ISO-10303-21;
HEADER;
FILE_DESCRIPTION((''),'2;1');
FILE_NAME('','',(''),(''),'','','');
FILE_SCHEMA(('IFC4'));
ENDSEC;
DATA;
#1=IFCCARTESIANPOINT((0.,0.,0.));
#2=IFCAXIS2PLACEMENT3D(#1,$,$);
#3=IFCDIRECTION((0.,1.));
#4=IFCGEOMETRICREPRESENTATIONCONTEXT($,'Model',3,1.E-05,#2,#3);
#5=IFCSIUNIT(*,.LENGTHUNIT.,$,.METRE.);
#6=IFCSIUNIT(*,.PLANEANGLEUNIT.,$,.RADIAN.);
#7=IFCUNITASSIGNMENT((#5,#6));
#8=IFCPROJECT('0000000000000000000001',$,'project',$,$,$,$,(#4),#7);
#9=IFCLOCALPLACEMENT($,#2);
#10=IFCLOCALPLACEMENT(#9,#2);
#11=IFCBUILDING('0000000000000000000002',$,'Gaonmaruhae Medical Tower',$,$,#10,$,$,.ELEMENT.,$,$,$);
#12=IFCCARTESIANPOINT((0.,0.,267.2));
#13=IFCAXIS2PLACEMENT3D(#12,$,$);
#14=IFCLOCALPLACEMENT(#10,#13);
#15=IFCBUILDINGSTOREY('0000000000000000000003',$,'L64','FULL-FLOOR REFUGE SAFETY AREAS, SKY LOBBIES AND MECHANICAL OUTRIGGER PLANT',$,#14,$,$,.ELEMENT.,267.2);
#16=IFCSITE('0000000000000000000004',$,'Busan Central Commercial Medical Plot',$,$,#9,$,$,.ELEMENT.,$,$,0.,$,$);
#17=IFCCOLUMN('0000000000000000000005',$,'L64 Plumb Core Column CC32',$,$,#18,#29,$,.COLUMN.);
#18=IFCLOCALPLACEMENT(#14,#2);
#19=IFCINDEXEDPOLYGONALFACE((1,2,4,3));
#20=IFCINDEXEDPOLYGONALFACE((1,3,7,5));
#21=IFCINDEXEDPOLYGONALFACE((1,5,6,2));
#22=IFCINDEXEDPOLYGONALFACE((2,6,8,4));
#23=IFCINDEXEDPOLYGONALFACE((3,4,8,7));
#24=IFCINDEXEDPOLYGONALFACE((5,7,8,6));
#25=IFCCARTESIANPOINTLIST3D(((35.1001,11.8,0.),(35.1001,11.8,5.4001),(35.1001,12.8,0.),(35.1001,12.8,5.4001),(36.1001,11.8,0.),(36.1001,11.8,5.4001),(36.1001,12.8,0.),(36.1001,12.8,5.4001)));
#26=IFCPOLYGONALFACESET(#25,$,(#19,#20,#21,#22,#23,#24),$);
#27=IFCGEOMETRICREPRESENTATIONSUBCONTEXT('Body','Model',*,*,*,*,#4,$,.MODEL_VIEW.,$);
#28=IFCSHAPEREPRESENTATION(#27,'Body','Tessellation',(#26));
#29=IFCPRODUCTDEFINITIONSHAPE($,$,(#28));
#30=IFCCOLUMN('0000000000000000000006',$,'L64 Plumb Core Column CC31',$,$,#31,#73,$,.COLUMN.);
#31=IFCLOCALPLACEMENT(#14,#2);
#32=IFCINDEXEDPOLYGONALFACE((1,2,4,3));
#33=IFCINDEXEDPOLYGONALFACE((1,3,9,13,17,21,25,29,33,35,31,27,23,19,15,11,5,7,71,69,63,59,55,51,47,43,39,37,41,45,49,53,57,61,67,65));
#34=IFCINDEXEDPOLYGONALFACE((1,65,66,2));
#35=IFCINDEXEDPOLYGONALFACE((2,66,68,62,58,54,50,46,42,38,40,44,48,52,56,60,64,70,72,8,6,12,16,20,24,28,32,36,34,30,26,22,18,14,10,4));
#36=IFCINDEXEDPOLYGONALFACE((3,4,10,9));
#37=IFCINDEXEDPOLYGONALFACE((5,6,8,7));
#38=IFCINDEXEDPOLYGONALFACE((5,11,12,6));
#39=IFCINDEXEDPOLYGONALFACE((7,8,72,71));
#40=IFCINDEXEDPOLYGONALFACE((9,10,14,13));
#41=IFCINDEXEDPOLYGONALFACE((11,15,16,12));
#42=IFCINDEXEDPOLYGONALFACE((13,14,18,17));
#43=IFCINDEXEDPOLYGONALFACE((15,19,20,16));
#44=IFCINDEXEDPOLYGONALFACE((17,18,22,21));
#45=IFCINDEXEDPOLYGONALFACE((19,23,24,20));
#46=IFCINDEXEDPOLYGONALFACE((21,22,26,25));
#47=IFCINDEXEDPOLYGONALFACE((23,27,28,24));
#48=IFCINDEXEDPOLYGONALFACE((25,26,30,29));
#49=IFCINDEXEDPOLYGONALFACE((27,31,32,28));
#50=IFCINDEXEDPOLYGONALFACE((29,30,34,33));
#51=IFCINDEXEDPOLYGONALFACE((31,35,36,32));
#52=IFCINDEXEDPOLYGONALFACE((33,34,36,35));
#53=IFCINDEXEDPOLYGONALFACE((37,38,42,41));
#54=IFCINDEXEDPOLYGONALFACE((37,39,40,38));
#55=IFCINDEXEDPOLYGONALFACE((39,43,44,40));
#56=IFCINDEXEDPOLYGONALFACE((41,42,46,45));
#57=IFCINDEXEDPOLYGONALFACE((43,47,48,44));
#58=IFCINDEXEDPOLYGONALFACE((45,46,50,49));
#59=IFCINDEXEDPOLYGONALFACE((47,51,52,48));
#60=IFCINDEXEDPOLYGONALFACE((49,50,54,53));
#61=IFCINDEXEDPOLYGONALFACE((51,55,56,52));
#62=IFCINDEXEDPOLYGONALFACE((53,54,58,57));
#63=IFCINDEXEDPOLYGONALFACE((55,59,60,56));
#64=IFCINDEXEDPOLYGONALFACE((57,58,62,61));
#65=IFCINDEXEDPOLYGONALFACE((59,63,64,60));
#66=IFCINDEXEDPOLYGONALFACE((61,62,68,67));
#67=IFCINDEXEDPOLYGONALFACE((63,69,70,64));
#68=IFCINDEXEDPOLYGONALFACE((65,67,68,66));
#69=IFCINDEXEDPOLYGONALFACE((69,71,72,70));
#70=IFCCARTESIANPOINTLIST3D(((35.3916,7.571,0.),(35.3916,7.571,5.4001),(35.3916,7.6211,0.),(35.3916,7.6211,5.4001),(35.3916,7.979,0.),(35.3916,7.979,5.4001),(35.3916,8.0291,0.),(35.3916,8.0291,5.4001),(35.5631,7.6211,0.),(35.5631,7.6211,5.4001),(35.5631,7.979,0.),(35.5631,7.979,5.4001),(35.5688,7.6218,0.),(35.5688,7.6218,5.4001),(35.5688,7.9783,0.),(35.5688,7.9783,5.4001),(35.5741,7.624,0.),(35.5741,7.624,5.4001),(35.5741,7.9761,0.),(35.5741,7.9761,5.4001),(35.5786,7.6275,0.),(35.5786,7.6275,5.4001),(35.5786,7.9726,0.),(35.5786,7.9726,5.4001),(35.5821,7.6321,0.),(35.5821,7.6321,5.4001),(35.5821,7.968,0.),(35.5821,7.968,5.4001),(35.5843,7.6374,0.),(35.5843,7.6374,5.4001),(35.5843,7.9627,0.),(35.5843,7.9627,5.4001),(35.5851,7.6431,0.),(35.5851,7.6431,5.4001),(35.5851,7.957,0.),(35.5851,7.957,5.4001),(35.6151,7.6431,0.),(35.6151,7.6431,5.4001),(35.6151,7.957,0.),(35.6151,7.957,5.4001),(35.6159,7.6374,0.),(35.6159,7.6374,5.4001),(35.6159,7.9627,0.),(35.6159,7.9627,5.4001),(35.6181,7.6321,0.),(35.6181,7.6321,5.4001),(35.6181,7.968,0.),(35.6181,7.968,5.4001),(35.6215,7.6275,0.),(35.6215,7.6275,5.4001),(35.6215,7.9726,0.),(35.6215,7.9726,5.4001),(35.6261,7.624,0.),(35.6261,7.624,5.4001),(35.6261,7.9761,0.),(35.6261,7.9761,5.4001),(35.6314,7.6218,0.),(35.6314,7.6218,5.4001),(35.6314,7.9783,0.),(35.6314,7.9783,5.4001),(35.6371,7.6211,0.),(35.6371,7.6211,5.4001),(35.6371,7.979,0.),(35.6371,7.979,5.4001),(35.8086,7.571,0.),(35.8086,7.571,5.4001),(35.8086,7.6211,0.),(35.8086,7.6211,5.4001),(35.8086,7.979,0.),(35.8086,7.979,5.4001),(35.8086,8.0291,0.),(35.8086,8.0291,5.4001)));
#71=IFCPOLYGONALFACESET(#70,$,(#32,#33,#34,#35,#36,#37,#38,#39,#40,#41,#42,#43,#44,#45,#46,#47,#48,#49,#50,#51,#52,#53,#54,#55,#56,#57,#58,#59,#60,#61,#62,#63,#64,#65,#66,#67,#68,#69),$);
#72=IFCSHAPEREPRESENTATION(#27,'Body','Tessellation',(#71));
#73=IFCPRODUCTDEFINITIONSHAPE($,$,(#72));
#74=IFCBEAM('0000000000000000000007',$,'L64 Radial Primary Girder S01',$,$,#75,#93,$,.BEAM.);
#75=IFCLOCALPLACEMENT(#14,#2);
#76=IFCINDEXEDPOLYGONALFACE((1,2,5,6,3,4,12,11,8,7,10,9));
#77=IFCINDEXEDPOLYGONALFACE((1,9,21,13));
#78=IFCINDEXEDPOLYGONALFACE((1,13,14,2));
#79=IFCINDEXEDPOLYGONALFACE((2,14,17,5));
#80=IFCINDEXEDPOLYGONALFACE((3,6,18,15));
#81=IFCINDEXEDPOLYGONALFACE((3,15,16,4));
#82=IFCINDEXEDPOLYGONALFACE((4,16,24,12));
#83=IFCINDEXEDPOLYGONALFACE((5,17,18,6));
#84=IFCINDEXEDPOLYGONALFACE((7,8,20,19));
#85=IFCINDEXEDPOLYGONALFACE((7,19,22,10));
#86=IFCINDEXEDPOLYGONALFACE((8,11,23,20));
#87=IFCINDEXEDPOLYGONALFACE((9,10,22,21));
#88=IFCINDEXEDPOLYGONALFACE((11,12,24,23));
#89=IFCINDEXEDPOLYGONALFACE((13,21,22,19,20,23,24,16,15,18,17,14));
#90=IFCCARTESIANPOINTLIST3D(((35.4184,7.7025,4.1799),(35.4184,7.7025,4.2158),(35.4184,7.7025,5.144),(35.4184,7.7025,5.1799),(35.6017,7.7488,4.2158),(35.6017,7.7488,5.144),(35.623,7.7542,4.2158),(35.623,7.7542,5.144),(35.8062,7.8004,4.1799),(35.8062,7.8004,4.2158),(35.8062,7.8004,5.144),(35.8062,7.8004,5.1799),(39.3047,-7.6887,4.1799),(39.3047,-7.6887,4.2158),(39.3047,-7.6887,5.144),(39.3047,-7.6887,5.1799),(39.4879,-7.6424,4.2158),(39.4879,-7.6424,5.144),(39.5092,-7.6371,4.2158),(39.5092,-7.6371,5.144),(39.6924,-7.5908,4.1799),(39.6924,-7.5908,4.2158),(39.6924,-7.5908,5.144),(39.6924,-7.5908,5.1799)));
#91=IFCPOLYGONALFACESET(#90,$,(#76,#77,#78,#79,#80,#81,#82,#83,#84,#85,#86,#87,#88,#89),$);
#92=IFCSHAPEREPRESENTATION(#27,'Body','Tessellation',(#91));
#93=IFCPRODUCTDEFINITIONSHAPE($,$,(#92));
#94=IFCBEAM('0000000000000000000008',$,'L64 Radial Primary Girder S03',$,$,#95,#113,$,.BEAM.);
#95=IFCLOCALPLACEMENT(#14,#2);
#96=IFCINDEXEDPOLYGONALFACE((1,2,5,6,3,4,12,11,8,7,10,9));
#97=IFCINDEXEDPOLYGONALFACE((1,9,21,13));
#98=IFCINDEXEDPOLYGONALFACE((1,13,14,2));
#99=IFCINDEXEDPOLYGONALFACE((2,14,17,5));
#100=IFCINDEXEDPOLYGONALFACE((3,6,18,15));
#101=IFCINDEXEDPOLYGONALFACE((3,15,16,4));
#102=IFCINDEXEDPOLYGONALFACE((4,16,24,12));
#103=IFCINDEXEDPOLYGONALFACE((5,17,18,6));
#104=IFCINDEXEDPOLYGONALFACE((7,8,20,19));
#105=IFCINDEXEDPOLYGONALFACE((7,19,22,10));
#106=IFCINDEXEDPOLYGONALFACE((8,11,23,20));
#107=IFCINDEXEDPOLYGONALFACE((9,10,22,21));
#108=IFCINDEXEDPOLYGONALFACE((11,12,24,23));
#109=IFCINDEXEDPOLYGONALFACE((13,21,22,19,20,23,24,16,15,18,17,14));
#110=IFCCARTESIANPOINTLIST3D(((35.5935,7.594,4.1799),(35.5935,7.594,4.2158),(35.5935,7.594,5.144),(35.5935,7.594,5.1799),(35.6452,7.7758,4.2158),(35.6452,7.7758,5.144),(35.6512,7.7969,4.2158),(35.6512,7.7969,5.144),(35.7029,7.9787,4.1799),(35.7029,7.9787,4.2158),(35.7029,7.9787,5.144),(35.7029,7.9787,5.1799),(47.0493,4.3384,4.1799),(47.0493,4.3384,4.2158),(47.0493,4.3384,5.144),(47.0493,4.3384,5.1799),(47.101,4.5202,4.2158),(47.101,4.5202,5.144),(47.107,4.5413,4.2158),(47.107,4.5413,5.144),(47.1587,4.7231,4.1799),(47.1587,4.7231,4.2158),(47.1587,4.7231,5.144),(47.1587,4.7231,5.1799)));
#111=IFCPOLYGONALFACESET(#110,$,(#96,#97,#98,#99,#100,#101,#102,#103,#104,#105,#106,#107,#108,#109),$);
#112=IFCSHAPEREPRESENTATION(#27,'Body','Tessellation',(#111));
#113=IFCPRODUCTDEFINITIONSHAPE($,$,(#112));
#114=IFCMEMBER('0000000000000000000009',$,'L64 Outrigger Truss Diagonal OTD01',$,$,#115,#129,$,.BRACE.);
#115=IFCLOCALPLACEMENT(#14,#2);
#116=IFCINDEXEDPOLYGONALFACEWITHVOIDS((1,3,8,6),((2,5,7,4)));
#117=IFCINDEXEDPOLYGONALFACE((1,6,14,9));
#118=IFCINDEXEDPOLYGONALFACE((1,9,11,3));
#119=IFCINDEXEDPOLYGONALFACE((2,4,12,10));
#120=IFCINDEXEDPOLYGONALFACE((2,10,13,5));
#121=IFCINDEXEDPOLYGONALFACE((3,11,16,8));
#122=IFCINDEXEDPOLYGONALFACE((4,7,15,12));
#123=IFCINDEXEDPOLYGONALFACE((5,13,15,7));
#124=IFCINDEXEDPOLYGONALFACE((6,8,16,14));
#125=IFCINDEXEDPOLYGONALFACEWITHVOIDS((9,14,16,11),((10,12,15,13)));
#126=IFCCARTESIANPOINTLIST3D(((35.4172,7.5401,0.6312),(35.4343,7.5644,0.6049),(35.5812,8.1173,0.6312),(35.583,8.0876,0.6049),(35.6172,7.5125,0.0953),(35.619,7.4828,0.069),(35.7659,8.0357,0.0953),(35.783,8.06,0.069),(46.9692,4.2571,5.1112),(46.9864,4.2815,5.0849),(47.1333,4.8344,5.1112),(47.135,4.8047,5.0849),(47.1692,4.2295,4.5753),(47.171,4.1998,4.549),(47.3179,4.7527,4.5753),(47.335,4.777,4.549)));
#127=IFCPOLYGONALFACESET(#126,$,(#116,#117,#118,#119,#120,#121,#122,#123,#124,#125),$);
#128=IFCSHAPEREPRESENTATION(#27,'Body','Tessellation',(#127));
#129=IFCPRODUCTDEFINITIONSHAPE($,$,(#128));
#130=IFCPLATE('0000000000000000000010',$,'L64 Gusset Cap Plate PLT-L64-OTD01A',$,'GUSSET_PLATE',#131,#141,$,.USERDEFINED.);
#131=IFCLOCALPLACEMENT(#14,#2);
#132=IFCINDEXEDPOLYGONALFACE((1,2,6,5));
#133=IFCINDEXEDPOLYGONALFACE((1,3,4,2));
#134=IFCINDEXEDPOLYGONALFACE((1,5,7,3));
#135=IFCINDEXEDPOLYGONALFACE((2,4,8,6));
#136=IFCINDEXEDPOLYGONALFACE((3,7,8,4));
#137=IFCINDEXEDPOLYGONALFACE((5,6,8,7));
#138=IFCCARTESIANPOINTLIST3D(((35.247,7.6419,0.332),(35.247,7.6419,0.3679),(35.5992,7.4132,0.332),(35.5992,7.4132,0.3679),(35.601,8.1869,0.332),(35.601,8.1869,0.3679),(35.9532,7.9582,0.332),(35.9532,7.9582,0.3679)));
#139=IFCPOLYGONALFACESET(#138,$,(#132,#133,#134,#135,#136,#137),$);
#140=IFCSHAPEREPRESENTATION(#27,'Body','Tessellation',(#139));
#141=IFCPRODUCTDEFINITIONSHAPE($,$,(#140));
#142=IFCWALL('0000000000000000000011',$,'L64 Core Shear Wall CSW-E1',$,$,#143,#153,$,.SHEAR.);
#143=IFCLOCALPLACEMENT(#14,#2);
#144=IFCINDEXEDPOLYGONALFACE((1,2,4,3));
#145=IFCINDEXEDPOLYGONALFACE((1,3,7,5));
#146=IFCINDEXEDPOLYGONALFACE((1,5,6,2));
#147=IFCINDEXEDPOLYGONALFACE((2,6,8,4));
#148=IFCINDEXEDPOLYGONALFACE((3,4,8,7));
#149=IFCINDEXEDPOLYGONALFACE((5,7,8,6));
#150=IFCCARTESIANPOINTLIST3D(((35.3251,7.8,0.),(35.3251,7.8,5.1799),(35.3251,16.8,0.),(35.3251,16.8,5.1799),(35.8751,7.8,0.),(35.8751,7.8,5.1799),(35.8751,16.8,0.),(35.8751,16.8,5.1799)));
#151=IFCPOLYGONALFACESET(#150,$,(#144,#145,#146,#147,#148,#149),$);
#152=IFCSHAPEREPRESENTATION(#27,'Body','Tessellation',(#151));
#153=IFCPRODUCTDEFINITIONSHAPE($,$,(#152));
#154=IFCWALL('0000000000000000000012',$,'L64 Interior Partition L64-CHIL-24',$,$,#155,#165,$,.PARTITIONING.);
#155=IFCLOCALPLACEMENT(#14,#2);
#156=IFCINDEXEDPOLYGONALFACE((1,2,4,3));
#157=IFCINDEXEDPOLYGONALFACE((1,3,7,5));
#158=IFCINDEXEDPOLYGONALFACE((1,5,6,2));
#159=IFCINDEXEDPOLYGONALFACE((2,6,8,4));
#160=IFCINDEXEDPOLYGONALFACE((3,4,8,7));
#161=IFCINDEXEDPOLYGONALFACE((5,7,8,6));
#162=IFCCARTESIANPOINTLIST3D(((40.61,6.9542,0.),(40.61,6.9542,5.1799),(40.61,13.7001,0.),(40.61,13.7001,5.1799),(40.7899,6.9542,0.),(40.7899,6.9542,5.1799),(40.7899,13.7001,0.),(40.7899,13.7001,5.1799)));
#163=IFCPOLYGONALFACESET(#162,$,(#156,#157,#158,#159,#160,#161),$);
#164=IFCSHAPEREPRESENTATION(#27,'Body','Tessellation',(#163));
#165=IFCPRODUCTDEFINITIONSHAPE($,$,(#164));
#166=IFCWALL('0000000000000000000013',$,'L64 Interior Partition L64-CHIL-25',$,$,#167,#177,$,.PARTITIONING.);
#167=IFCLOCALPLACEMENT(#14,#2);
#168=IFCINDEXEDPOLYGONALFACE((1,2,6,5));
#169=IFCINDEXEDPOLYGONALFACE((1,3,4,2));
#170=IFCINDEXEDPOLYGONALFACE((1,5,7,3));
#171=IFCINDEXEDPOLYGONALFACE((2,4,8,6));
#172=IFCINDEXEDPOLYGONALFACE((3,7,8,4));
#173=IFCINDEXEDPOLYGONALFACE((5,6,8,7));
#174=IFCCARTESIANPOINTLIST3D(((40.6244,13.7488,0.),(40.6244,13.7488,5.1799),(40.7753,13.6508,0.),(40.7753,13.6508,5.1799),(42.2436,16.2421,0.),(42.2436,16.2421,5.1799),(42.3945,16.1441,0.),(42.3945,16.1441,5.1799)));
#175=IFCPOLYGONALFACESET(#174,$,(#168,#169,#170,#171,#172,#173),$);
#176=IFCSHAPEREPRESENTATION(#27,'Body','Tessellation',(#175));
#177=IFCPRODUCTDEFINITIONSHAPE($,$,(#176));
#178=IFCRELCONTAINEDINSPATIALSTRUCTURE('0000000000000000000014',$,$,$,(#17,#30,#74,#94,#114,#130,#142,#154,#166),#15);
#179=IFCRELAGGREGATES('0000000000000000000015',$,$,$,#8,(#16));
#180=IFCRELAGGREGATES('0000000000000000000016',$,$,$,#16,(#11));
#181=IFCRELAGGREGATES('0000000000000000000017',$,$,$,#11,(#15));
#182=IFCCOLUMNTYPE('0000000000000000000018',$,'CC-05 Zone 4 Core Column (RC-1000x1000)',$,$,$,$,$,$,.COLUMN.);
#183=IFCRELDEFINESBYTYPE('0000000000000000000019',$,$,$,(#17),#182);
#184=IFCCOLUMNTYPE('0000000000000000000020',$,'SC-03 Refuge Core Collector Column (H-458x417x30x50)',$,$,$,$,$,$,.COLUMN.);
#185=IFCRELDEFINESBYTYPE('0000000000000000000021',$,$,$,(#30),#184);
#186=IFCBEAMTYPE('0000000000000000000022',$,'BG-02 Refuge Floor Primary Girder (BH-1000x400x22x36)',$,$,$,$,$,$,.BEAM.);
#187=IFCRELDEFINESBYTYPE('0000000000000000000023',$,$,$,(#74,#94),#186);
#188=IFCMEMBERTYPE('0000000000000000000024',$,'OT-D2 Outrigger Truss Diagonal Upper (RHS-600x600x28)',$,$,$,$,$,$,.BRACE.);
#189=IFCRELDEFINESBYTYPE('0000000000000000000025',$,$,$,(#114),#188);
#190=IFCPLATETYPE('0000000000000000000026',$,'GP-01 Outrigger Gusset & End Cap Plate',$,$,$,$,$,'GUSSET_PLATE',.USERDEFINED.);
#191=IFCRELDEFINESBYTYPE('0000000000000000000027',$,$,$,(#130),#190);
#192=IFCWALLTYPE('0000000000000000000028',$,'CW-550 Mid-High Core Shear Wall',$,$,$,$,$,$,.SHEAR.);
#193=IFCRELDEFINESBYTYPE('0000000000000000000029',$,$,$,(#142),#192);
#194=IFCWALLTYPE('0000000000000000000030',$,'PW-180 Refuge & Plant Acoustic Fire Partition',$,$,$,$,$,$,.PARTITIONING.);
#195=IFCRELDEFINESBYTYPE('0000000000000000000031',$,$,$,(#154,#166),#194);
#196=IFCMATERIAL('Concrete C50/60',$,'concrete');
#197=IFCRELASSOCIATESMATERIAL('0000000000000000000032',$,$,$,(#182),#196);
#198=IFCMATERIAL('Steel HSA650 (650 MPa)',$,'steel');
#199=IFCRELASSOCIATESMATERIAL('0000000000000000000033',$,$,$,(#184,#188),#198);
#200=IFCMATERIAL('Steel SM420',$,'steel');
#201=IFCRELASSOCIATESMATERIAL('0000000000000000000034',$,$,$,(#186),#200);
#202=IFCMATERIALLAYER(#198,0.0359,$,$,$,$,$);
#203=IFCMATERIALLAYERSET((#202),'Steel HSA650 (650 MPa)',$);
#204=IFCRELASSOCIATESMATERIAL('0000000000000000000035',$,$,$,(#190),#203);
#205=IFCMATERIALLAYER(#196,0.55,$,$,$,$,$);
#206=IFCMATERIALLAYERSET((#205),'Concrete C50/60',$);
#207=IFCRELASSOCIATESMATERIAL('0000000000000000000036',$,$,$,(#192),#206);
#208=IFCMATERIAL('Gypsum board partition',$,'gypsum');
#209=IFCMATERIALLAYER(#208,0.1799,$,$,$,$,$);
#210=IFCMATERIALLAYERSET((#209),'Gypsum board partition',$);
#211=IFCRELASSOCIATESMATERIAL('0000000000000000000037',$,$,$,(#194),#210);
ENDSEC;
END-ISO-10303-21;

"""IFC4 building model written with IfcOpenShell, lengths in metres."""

from ifc_helpers import new_model, si_unit, direction, frame, frame_2d, origin, origin_2d, place, context, subcontext, project, spatial, rectangle, hollow_rectangle, i_section, extrude, material, layer, layer_set, material_profile, profile_set, type_object, element, save


model = new_model("IFC4")

# Units and contexts
model_context = context("Model", 3, precision=1e-05, world=origin(), true_north=direction((0.0, 1.0)))
body_context = subcontext(model_context, "Body", "Model", "MODEL_VIEW")
ifc_project = project(units=[si_unit("LENGTHUNIT", "METRE"), si_unit("PLANEANGLEUNIT", "RADIAN")], contexts=[model_context])

# Site, building, storey
site_placement = place(None, origin())
site = spatial("IfcSite", under=ifc_project, at=site_placement, Name="Busan Central Commercial Medical Plot", CompositionType="ELEMENT", RefElevation=0.0)
building_placement = place(site_placement, origin())
building = spatial("IfcBuilding", under=site, at=building_placement, Name="Gaonmaruhae Medical Tower", CompositionType="ELEMENT")
storey_placement = place(building_placement, frame((0.0, 0.0, 267.2)))
storey = spatial("IfcBuildingStorey", under=building, at=storey_placement, Name="L64", Description="FULL-FLOOR REFUGE SAFETY AREAS, SKY LOBBIES AND MECHANICAL OUTRIGGER PLANT", CompositionType="ELEMENT", Elevation=267.2)

# Columns
ifc_material_1 = material(Name="Concrete C50/60", Category="concrete")
ifc_material_profile_1 = material_profile(ifc_material_1, rectangle(XDim=1.0, YDim=1.0, at=origin_2d()), Name="RC-1000x1000")
ifc_profile_set_1 = profile_set([ifc_material_profile_1], Name="Concrete C50/60")
column_type_1 = type_object("IfcColumnType", Name="CC-05 Zone 4 Core Column (RC-1000x1000)", PredefinedType="COLUMN", material=ifc_profile_set_1)
column_1_placement = place(storey_placement, frame((35.6001, 12.3, 0.0), z_axis=(0.0, 0.0, 1.0), x_axis=(1.0, 0.0, 0.0)))
element("IfcColumn", 1, at=column_1_placement, inside=storey, type_object=column_type_1, Name="L64 Plumb Core Column CC32", PredefinedType="COLUMN", context=body_context, shape_type="SweptSolid", body=[
    extrude(rectangle(XDim=1.0, YDim=1.0, at=origin_2d()), origin(), (0.0, 0.0, 1.0), 5.4001),
])
ifc_material_2 = material(Name="Steel HSA650 (650 MPa)", Category="steel")
ifc_material_profile_2 = material_profile(ifc_material_2, i_section(OverallWidth=0.417, OverallDepth=0.458, WebThickness=0.03, FlangeThickness=0.05, FilletRadius=0.022, at=origin_2d()), Name="H-458x417x30x50")
ifc_profile_set_2 = profile_set([ifc_material_profile_2], Name="Steel HSA650 (650 MPa)")
column_type_2 = type_object("IfcColumnType", Name="SC-03 Refuge Core Collector Column (H-458x417x30x50)", PredefinedType="COLUMN", material=ifc_profile_set_2)
column_2_placement = place(storey_placement, frame((35.6001, 7.8, 0.0), z_axis=(0.0, 0.0, 1.0), x_axis=(1.0, 0.0, 0.0)))
element("IfcColumn", 2, at=column_2_placement, inside=storey, type_object=column_type_2, Name="L64 Plumb Core Column CC31", PredefinedType="COLUMN", context=body_context, shape_type="SweptSolid", body=[
    extrude(i_section(OverallWidth=0.417, OverallDepth=0.458, WebThickness=0.03, FlangeThickness=0.05, FilletRadius=0.022, at=origin_2d()), origin(), (0.0, 0.0, 1.0), 5.4001),
])

# Beams
ifc_material_3 = material(Name="Steel SM420", Category="steel")
ifc_material_profile_3 = material_profile(ifc_material_3, i_section(OverallWidth=0.3999, OverallDepth=1.0, WebThickness=0.022, FlangeThickness=0.0359, at=origin_2d()), Name="BH-1000x400x22x36")
ifc_profile_set_3 = profile_set([ifc_material_profile_3], Name="Steel SM420")
beam_type = type_object("IfcBeamType", Name="BG-02 Refuge Floor Primary Girder (BH-1000x400x22x36)", PredefinedType="BEAM", material=ifc_profile_set_3)
beam_1_placement = place(storey_placement, frame((35.6123, 7.7515, 4.6799), z_axis=(0.244815, -0.96957, 0.0), x_axis=(0.96957, 0.244815, 0.0)))
element("IfcBeam", 3, at=beam_1_placement, inside=storey, type_object=beam_type, Name="L64 Radial Primary Girder S01", PredefinedType="BEAM", context=body_context, shape_type="SweptSolid", body=[
    extrude(i_section(OverallWidth=0.3999, OverallDepth=1.0, WebThickness=0.022, FlangeThickness=0.0359, at=origin_2d()), origin(), (0.0, 0.0, 1.0), 15.8743),
])
beam_2_placement = place(storey_placement, frame((35.6482, 7.7864, 4.6799), z_axis=(0.961911, -0.273364, 0.0), x_axis=(0.273364, 0.961911, 0.0)))
element("IfcBeam", 4, at=beam_2_placement, inside=storey, type_object=beam_type, Name="L64 Radial Primary Girder S03", PredefinedType="BEAM", context=body_context, shape_type="SweptSolid", body=[
    extrude(i_section(OverallWidth=0.3999, OverallDepth=1.0, WebThickness=0.022, FlangeThickness=0.0359, at=origin_2d()), origin(), (0.0, 0.0, 1.0), 11.9094),
])

# Member
ifc_material_profile_4 = material_profile(ifc_material_2, hollow_rectangle(XDim=0.6001, YDim=0.6001, WallThickness=0.0281, at=origin_2d()), Name="RHS-600x600x28")
ifc_profile_set_4 = profile_set([ifc_material_profile_4], Name="Steel HSA650 (650 MPa)")
member_type = type_object("IfcMemberType", Name="OT-D2 Outrigger Truss Diagonal Upper (RHS-600x600x28)", PredefinedType="BRACE", material=ifc_profile_set_4)
member_placement = place(storey_placement, frame((35.6001, 7.8, 0.3501), z_axis=(0.901245, -0.256124, 0.349512), x_axis=(0.273365, 0.96191, 0.0)))
element("IfcMember", 5, at=member_placement, inside=storey, type_object=member_type, Name="L64 Outrigger Truss Diagonal OTD01", PredefinedType="BRACE", context=body_context, shape_type="SweptSolid", body=[
    extrude(hollow_rectangle(XDim=0.6001, YDim=0.6001, WallThickness=0.0281, at=origin_2d()), origin(), (0.0, 0.0, 1.0), 12.8179),
])

# Plate
ifc_layer_1 = layer(ifc_material_2, 0.0359)
ifc_layer_set_1 = layer_set([ifc_layer_1], Name="Steel HSA650 (650 MPa)")
plate_type = type_object("IfcPlateType", Name="GP-01 Outrigger Gusset & End Cap Plate", ElementType="GUSSET_PLATE", PredefinedType="USERDEFINED", material=ifc_layer_set_1)
plate_placement = place(storey_placement, frame((35.6001, 7.8, 0.332), z_axis=(0.0, 0.0, 1.0), x_axis=(0.544639, 0.838671, 0.0)))
element("IfcPlate", 6, at=plate_placement, inside=storey, type_object=plate_type, Name="L64 Gusset Cap Plate PLT-L64-OTD01A", ObjectType="GUSSET_PLATE", PredefinedType="USERDEFINED", context=body_context, shape_type="SweptSolid", body=[
    extrude(rectangle(XDim=0.6499, YDim=0.4199, at=origin_2d()), origin(), (0.0, 0.0, 1.0), 0.0359),
])

# Walls
ifc_layer_2 = layer(ifc_material_1, 0.55)
ifc_layer_set_2 = layer_set([ifc_layer_2], Name="Concrete C50/60")
wall_type_1 = type_object("IfcWallType", Name="CW-550 Mid-High Core Shear Wall", PredefinedType="SHEAR", material=ifc_layer_set_2)
wall_1_placement = place(storey_placement, frame((35.6001, 7.8, 0.0), z_axis=(0.0, 0.0, 1.0), x_axis=(0.0, 1.0, 0.0)))
element("IfcWall", 7, at=wall_1_placement, inside=storey, type_object=wall_type_1, Name="L64 Core Shear Wall CSW-E1", PredefinedType="SHEAR", context=body_context, shape_type="SweptSolid", body=[
    extrude(rectangle(XDim=9.0, YDim=0.55, at=frame_2d((4.5, 0.0))), origin(), (0.0, 0.0, 1.0), 5.1799),
])
ifc_material_4 = material(Name="Gypsum board partition", Category="gypsum")
ifc_layer_3 = layer(ifc_material_4, 0.1799)
ifc_layer_set_3 = layer_set([ifc_layer_3], Name="Gypsum board partition")
wall_type_2 = type_object("IfcWallType", Name="PW-180 Refuge & Plant Acoustic Fire Partition", PredefinedType="PARTITIONING", material=ifc_layer_set_3)
wall_2_placement = place(storey_placement, frame((40.7, 6.9541, 0.0), z_axis=(0.0, 0.0, 1.0), x_axis=(0.0, 1.0, 0.0)))
element("IfcWall", 8, at=wall_2_placement, inside=storey, type_object=wall_type_2, Name="L64 Interior Partition L64-CHIL-24", PredefinedType="PARTITIONING", context=body_context, shape_type="SweptSolid", body=[
    extrude(rectangle(XDim=6.7458, YDim=0.1799, at=frame_2d((3.373, 0.0))), origin(), (0.0, 0.0, 1.0), 5.1799),
])
wall_3_placement = place(storey_placement, frame((40.7, 13.7, 0.0), z_axis=(0.0, 0.0, 1.0), x_axis=(0.544653, 0.838661, 0.0)))
element("IfcWall", 9, at=wall_3_placement, inside=storey, type_object=wall_type_2, Name="L64 Interior Partition L64-CHIL-25", PredefinedType="PARTITIONING", context=body_context, shape_type="SweptSolid", body=[
    extrude(rectangle(XDim=2.9729, YDim=0.1799, at=frame_2d((1.4863, 0.0))), origin(), (0.0, 0.0, 1.0), 5.1799),
])

save(model, "model.ifc")
